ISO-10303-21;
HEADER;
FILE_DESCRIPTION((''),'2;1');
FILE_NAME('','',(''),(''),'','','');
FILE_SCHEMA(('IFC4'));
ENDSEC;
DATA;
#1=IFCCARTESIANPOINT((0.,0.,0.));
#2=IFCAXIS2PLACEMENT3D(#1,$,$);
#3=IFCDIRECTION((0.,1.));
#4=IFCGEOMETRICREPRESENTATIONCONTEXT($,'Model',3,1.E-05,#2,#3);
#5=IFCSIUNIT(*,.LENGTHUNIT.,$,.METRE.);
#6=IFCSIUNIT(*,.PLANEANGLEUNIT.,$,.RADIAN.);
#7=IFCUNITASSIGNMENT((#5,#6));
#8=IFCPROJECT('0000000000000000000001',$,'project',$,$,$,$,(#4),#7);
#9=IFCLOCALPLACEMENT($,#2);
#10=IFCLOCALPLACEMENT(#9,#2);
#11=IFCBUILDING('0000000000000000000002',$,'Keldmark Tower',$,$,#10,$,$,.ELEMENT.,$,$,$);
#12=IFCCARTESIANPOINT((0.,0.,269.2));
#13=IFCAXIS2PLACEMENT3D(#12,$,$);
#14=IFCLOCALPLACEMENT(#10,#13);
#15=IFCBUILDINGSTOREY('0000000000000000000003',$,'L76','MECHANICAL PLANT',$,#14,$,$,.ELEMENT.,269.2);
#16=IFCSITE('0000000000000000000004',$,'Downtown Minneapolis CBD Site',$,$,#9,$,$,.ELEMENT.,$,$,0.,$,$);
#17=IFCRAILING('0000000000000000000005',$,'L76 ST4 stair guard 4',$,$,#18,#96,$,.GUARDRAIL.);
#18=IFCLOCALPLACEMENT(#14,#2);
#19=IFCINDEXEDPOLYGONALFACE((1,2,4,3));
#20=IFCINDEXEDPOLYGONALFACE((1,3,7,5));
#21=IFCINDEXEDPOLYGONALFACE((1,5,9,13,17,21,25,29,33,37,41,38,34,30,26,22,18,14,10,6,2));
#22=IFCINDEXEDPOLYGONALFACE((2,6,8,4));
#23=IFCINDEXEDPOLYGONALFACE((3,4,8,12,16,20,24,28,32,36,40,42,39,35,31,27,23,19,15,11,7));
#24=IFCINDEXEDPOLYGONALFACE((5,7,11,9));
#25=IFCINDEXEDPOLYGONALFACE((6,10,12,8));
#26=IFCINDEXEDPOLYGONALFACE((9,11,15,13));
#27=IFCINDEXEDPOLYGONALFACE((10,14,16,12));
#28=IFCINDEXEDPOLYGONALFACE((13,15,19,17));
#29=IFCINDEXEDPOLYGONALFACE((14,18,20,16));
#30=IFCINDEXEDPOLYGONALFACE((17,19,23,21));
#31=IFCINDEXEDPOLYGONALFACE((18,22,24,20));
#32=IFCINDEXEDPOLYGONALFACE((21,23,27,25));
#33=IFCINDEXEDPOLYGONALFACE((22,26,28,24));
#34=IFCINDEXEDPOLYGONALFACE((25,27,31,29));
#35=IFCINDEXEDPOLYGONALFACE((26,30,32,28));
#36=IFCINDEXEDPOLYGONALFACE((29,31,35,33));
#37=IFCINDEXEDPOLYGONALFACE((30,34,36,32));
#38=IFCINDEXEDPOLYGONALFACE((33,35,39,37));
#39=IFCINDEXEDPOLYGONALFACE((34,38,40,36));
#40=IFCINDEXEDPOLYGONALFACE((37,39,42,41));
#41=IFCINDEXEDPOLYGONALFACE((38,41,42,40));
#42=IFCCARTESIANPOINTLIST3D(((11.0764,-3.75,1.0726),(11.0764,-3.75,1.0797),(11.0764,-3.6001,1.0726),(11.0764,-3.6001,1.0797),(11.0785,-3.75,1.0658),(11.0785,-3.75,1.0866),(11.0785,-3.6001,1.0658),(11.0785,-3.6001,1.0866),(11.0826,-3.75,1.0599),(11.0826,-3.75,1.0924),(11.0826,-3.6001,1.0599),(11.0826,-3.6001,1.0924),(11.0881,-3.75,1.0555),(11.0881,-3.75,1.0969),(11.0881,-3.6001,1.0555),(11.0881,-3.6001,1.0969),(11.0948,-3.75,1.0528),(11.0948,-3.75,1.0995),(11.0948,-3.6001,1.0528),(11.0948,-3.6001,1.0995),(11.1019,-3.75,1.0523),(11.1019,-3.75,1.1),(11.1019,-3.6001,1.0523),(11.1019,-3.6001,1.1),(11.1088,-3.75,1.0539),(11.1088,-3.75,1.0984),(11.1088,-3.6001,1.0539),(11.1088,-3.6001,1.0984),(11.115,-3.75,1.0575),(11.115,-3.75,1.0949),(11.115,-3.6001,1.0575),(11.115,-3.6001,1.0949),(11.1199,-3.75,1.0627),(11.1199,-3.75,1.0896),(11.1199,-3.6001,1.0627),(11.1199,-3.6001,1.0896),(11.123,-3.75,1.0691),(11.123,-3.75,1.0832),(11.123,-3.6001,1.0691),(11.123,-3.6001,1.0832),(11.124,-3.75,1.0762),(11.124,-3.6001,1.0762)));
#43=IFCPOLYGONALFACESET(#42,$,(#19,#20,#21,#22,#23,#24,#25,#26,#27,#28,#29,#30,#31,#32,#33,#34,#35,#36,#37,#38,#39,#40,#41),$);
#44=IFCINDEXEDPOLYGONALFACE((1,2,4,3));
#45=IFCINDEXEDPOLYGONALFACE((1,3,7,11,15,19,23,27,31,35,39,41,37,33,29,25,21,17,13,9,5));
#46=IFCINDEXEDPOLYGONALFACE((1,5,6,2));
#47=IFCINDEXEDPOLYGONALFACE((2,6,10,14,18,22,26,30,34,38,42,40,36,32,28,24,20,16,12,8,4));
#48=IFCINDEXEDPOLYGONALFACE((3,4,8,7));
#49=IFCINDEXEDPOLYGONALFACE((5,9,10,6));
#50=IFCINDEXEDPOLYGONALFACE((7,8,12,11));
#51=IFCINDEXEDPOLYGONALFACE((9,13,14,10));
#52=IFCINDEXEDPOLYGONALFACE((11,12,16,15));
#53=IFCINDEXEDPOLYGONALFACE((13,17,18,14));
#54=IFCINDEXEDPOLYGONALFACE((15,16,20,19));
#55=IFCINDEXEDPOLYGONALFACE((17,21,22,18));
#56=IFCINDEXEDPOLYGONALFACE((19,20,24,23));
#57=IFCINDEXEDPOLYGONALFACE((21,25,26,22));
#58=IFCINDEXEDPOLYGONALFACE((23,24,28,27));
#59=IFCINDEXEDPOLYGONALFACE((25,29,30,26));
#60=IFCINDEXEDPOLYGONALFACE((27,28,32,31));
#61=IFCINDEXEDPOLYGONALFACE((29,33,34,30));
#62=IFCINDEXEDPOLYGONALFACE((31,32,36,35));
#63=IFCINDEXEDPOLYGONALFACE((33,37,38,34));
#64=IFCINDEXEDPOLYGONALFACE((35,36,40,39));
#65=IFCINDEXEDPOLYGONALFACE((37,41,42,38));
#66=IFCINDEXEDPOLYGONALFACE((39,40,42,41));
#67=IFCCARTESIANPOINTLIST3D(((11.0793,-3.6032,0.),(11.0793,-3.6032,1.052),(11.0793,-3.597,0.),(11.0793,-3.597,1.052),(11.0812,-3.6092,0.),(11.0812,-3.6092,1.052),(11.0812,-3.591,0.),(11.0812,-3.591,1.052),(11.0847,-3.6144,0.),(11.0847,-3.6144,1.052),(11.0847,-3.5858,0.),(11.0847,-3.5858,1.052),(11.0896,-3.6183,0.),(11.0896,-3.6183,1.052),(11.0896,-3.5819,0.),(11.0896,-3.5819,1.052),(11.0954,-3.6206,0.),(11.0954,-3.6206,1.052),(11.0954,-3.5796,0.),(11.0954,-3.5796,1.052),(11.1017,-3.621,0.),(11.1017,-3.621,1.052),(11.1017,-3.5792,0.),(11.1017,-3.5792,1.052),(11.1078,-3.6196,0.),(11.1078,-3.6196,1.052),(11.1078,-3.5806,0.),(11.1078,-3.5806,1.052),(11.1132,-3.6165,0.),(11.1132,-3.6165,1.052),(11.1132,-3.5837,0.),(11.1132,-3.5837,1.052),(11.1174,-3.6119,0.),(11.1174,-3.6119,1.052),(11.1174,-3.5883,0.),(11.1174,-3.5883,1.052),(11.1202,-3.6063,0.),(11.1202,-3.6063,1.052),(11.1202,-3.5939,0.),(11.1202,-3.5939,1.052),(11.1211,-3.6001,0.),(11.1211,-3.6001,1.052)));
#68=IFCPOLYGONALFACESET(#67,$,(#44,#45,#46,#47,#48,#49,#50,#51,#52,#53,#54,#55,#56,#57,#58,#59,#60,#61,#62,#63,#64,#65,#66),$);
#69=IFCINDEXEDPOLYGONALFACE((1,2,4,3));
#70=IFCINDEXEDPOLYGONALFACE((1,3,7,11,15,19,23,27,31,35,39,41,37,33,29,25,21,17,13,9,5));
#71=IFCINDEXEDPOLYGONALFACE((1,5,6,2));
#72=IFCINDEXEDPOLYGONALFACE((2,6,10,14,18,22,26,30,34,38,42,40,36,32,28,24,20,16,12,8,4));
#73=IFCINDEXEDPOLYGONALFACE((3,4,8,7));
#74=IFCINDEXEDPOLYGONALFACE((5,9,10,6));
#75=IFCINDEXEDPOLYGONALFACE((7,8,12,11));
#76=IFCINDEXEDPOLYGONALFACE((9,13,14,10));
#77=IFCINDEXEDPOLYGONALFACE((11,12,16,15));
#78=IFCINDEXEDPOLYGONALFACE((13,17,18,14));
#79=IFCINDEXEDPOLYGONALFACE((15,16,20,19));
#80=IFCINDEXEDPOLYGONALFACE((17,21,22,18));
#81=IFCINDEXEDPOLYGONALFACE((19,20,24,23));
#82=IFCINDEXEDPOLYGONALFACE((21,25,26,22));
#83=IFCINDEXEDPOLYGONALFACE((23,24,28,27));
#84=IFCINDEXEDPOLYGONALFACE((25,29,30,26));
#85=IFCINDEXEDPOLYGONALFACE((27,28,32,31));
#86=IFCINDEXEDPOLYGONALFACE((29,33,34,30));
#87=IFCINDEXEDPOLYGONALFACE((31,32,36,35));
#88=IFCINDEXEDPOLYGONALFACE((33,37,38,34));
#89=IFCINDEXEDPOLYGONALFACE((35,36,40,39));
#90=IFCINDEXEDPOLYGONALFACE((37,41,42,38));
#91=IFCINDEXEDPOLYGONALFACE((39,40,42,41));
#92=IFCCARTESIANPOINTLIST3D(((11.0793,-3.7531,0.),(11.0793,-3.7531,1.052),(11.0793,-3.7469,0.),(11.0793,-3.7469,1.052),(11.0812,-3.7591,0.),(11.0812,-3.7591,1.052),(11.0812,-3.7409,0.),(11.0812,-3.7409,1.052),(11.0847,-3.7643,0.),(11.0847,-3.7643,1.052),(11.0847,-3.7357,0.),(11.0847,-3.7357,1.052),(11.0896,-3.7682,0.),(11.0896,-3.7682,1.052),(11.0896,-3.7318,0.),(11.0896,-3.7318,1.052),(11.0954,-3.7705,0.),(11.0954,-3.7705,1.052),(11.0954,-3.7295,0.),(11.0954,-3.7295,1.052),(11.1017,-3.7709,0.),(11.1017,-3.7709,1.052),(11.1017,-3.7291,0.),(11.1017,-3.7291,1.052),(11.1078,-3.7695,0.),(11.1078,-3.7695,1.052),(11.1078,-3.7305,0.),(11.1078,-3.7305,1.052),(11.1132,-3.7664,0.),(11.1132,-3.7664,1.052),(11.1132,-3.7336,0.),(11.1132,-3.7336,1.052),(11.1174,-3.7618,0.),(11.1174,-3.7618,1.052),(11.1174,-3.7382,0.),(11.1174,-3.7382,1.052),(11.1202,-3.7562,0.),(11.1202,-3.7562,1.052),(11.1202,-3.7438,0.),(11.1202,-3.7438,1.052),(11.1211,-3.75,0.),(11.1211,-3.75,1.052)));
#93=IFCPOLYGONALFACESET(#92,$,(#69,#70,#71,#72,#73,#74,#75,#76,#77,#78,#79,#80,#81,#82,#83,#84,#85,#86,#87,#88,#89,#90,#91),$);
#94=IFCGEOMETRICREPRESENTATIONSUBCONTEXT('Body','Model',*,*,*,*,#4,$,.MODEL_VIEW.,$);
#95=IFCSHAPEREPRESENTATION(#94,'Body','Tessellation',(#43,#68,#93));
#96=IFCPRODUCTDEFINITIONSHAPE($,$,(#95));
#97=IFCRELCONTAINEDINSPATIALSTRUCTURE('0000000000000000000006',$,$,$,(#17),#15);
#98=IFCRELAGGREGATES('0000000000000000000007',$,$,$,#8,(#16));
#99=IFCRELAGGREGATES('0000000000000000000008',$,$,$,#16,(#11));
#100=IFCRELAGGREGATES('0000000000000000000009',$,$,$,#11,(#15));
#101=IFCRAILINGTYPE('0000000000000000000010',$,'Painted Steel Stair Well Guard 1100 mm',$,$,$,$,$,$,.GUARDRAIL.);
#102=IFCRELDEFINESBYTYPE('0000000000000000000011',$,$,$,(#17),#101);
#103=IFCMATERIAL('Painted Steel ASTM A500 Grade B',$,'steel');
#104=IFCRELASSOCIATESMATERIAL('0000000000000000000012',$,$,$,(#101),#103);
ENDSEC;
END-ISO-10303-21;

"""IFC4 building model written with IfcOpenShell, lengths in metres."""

from ifc_helpers import new_model, si_unit, direction, frame, origin, origin_2d, place, context, subcontext, project, spatial, circle, extrude, material, type_object, element, save


model = new_model("IFC4")

# Units and contexts
model_context = context("Model", 3, precision=1e-05, world=origin(), true_north=direction((0.0, 1.0)))
body_context = subcontext(model_context, "Body", "Model", "MODEL_VIEW")
ifc_project = project(units=[si_unit("LENGTHUNIT", "METRE"), si_unit("PLANEANGLEUNIT", "RADIAN")], contexts=[model_context])

# Site, building, storey
site_placement = place(None, origin())
site = spatial("IfcSite", under=ifc_project, at=site_placement, Name="Downtown Minneapolis CBD Site", CompositionType="ELEMENT", RefElevation=0.0)
building_placement = place(site_placement, origin())
building = spatial("IfcBuilding", under=site, at=building_placement, Name="Keldmark Tower", CompositionType="ELEMENT")
storey_placement = place(building_placement, frame((0.0, 0.0, 269.2)))
storey = spatial("IfcBuildingStorey", under=building, at=storey_placement, Name="L76", Description="MECHANICAL PLANT", CompositionType="ELEMENT", Elevation=269.2)

# Railing
ifc_material_1 = material(Name="Painted Steel ASTM A500 Grade B", Category="steel")
railing_type_1 = type_object("IfcRailingType", Name="Painted Steel Stair Well Guard 1100 mm", PredefinedType="GUARDRAIL", material=ifc_material_1)
railing_1_placement = place(storey_placement, frame((11.1001, -3.6001, 0.0)))
element("IfcRailing", 1, at=railing_1_placement, inside=storey, type_object=railing_type_1, Name="L76 ST4 stair guard 4", PredefinedType="GUARDRAIL", context=body_context, shape_type="SweptSolid", body=[
    extrude(circle(Radius=0.0239, at=origin_2d()), frame((0.0, 0.0, 1.0762), z_axis=(0.0, -1.0, 0.0), x_axis=(1.0, 0.0, 0.0)), (0.0, 0.0, 1.0), 0.1499),
    extrude(circle(Radius=0.021, at=origin_2d()), origin(), (0.0, 0.0, 1.0), 1.052),
    extrude(circle(Radius=0.021, at=origin_2d()), frame((0.0, -0.1499, 0.0)), (0.0, 0.0, 1.0), 1.052),
])

save(model, "model.ifc")
